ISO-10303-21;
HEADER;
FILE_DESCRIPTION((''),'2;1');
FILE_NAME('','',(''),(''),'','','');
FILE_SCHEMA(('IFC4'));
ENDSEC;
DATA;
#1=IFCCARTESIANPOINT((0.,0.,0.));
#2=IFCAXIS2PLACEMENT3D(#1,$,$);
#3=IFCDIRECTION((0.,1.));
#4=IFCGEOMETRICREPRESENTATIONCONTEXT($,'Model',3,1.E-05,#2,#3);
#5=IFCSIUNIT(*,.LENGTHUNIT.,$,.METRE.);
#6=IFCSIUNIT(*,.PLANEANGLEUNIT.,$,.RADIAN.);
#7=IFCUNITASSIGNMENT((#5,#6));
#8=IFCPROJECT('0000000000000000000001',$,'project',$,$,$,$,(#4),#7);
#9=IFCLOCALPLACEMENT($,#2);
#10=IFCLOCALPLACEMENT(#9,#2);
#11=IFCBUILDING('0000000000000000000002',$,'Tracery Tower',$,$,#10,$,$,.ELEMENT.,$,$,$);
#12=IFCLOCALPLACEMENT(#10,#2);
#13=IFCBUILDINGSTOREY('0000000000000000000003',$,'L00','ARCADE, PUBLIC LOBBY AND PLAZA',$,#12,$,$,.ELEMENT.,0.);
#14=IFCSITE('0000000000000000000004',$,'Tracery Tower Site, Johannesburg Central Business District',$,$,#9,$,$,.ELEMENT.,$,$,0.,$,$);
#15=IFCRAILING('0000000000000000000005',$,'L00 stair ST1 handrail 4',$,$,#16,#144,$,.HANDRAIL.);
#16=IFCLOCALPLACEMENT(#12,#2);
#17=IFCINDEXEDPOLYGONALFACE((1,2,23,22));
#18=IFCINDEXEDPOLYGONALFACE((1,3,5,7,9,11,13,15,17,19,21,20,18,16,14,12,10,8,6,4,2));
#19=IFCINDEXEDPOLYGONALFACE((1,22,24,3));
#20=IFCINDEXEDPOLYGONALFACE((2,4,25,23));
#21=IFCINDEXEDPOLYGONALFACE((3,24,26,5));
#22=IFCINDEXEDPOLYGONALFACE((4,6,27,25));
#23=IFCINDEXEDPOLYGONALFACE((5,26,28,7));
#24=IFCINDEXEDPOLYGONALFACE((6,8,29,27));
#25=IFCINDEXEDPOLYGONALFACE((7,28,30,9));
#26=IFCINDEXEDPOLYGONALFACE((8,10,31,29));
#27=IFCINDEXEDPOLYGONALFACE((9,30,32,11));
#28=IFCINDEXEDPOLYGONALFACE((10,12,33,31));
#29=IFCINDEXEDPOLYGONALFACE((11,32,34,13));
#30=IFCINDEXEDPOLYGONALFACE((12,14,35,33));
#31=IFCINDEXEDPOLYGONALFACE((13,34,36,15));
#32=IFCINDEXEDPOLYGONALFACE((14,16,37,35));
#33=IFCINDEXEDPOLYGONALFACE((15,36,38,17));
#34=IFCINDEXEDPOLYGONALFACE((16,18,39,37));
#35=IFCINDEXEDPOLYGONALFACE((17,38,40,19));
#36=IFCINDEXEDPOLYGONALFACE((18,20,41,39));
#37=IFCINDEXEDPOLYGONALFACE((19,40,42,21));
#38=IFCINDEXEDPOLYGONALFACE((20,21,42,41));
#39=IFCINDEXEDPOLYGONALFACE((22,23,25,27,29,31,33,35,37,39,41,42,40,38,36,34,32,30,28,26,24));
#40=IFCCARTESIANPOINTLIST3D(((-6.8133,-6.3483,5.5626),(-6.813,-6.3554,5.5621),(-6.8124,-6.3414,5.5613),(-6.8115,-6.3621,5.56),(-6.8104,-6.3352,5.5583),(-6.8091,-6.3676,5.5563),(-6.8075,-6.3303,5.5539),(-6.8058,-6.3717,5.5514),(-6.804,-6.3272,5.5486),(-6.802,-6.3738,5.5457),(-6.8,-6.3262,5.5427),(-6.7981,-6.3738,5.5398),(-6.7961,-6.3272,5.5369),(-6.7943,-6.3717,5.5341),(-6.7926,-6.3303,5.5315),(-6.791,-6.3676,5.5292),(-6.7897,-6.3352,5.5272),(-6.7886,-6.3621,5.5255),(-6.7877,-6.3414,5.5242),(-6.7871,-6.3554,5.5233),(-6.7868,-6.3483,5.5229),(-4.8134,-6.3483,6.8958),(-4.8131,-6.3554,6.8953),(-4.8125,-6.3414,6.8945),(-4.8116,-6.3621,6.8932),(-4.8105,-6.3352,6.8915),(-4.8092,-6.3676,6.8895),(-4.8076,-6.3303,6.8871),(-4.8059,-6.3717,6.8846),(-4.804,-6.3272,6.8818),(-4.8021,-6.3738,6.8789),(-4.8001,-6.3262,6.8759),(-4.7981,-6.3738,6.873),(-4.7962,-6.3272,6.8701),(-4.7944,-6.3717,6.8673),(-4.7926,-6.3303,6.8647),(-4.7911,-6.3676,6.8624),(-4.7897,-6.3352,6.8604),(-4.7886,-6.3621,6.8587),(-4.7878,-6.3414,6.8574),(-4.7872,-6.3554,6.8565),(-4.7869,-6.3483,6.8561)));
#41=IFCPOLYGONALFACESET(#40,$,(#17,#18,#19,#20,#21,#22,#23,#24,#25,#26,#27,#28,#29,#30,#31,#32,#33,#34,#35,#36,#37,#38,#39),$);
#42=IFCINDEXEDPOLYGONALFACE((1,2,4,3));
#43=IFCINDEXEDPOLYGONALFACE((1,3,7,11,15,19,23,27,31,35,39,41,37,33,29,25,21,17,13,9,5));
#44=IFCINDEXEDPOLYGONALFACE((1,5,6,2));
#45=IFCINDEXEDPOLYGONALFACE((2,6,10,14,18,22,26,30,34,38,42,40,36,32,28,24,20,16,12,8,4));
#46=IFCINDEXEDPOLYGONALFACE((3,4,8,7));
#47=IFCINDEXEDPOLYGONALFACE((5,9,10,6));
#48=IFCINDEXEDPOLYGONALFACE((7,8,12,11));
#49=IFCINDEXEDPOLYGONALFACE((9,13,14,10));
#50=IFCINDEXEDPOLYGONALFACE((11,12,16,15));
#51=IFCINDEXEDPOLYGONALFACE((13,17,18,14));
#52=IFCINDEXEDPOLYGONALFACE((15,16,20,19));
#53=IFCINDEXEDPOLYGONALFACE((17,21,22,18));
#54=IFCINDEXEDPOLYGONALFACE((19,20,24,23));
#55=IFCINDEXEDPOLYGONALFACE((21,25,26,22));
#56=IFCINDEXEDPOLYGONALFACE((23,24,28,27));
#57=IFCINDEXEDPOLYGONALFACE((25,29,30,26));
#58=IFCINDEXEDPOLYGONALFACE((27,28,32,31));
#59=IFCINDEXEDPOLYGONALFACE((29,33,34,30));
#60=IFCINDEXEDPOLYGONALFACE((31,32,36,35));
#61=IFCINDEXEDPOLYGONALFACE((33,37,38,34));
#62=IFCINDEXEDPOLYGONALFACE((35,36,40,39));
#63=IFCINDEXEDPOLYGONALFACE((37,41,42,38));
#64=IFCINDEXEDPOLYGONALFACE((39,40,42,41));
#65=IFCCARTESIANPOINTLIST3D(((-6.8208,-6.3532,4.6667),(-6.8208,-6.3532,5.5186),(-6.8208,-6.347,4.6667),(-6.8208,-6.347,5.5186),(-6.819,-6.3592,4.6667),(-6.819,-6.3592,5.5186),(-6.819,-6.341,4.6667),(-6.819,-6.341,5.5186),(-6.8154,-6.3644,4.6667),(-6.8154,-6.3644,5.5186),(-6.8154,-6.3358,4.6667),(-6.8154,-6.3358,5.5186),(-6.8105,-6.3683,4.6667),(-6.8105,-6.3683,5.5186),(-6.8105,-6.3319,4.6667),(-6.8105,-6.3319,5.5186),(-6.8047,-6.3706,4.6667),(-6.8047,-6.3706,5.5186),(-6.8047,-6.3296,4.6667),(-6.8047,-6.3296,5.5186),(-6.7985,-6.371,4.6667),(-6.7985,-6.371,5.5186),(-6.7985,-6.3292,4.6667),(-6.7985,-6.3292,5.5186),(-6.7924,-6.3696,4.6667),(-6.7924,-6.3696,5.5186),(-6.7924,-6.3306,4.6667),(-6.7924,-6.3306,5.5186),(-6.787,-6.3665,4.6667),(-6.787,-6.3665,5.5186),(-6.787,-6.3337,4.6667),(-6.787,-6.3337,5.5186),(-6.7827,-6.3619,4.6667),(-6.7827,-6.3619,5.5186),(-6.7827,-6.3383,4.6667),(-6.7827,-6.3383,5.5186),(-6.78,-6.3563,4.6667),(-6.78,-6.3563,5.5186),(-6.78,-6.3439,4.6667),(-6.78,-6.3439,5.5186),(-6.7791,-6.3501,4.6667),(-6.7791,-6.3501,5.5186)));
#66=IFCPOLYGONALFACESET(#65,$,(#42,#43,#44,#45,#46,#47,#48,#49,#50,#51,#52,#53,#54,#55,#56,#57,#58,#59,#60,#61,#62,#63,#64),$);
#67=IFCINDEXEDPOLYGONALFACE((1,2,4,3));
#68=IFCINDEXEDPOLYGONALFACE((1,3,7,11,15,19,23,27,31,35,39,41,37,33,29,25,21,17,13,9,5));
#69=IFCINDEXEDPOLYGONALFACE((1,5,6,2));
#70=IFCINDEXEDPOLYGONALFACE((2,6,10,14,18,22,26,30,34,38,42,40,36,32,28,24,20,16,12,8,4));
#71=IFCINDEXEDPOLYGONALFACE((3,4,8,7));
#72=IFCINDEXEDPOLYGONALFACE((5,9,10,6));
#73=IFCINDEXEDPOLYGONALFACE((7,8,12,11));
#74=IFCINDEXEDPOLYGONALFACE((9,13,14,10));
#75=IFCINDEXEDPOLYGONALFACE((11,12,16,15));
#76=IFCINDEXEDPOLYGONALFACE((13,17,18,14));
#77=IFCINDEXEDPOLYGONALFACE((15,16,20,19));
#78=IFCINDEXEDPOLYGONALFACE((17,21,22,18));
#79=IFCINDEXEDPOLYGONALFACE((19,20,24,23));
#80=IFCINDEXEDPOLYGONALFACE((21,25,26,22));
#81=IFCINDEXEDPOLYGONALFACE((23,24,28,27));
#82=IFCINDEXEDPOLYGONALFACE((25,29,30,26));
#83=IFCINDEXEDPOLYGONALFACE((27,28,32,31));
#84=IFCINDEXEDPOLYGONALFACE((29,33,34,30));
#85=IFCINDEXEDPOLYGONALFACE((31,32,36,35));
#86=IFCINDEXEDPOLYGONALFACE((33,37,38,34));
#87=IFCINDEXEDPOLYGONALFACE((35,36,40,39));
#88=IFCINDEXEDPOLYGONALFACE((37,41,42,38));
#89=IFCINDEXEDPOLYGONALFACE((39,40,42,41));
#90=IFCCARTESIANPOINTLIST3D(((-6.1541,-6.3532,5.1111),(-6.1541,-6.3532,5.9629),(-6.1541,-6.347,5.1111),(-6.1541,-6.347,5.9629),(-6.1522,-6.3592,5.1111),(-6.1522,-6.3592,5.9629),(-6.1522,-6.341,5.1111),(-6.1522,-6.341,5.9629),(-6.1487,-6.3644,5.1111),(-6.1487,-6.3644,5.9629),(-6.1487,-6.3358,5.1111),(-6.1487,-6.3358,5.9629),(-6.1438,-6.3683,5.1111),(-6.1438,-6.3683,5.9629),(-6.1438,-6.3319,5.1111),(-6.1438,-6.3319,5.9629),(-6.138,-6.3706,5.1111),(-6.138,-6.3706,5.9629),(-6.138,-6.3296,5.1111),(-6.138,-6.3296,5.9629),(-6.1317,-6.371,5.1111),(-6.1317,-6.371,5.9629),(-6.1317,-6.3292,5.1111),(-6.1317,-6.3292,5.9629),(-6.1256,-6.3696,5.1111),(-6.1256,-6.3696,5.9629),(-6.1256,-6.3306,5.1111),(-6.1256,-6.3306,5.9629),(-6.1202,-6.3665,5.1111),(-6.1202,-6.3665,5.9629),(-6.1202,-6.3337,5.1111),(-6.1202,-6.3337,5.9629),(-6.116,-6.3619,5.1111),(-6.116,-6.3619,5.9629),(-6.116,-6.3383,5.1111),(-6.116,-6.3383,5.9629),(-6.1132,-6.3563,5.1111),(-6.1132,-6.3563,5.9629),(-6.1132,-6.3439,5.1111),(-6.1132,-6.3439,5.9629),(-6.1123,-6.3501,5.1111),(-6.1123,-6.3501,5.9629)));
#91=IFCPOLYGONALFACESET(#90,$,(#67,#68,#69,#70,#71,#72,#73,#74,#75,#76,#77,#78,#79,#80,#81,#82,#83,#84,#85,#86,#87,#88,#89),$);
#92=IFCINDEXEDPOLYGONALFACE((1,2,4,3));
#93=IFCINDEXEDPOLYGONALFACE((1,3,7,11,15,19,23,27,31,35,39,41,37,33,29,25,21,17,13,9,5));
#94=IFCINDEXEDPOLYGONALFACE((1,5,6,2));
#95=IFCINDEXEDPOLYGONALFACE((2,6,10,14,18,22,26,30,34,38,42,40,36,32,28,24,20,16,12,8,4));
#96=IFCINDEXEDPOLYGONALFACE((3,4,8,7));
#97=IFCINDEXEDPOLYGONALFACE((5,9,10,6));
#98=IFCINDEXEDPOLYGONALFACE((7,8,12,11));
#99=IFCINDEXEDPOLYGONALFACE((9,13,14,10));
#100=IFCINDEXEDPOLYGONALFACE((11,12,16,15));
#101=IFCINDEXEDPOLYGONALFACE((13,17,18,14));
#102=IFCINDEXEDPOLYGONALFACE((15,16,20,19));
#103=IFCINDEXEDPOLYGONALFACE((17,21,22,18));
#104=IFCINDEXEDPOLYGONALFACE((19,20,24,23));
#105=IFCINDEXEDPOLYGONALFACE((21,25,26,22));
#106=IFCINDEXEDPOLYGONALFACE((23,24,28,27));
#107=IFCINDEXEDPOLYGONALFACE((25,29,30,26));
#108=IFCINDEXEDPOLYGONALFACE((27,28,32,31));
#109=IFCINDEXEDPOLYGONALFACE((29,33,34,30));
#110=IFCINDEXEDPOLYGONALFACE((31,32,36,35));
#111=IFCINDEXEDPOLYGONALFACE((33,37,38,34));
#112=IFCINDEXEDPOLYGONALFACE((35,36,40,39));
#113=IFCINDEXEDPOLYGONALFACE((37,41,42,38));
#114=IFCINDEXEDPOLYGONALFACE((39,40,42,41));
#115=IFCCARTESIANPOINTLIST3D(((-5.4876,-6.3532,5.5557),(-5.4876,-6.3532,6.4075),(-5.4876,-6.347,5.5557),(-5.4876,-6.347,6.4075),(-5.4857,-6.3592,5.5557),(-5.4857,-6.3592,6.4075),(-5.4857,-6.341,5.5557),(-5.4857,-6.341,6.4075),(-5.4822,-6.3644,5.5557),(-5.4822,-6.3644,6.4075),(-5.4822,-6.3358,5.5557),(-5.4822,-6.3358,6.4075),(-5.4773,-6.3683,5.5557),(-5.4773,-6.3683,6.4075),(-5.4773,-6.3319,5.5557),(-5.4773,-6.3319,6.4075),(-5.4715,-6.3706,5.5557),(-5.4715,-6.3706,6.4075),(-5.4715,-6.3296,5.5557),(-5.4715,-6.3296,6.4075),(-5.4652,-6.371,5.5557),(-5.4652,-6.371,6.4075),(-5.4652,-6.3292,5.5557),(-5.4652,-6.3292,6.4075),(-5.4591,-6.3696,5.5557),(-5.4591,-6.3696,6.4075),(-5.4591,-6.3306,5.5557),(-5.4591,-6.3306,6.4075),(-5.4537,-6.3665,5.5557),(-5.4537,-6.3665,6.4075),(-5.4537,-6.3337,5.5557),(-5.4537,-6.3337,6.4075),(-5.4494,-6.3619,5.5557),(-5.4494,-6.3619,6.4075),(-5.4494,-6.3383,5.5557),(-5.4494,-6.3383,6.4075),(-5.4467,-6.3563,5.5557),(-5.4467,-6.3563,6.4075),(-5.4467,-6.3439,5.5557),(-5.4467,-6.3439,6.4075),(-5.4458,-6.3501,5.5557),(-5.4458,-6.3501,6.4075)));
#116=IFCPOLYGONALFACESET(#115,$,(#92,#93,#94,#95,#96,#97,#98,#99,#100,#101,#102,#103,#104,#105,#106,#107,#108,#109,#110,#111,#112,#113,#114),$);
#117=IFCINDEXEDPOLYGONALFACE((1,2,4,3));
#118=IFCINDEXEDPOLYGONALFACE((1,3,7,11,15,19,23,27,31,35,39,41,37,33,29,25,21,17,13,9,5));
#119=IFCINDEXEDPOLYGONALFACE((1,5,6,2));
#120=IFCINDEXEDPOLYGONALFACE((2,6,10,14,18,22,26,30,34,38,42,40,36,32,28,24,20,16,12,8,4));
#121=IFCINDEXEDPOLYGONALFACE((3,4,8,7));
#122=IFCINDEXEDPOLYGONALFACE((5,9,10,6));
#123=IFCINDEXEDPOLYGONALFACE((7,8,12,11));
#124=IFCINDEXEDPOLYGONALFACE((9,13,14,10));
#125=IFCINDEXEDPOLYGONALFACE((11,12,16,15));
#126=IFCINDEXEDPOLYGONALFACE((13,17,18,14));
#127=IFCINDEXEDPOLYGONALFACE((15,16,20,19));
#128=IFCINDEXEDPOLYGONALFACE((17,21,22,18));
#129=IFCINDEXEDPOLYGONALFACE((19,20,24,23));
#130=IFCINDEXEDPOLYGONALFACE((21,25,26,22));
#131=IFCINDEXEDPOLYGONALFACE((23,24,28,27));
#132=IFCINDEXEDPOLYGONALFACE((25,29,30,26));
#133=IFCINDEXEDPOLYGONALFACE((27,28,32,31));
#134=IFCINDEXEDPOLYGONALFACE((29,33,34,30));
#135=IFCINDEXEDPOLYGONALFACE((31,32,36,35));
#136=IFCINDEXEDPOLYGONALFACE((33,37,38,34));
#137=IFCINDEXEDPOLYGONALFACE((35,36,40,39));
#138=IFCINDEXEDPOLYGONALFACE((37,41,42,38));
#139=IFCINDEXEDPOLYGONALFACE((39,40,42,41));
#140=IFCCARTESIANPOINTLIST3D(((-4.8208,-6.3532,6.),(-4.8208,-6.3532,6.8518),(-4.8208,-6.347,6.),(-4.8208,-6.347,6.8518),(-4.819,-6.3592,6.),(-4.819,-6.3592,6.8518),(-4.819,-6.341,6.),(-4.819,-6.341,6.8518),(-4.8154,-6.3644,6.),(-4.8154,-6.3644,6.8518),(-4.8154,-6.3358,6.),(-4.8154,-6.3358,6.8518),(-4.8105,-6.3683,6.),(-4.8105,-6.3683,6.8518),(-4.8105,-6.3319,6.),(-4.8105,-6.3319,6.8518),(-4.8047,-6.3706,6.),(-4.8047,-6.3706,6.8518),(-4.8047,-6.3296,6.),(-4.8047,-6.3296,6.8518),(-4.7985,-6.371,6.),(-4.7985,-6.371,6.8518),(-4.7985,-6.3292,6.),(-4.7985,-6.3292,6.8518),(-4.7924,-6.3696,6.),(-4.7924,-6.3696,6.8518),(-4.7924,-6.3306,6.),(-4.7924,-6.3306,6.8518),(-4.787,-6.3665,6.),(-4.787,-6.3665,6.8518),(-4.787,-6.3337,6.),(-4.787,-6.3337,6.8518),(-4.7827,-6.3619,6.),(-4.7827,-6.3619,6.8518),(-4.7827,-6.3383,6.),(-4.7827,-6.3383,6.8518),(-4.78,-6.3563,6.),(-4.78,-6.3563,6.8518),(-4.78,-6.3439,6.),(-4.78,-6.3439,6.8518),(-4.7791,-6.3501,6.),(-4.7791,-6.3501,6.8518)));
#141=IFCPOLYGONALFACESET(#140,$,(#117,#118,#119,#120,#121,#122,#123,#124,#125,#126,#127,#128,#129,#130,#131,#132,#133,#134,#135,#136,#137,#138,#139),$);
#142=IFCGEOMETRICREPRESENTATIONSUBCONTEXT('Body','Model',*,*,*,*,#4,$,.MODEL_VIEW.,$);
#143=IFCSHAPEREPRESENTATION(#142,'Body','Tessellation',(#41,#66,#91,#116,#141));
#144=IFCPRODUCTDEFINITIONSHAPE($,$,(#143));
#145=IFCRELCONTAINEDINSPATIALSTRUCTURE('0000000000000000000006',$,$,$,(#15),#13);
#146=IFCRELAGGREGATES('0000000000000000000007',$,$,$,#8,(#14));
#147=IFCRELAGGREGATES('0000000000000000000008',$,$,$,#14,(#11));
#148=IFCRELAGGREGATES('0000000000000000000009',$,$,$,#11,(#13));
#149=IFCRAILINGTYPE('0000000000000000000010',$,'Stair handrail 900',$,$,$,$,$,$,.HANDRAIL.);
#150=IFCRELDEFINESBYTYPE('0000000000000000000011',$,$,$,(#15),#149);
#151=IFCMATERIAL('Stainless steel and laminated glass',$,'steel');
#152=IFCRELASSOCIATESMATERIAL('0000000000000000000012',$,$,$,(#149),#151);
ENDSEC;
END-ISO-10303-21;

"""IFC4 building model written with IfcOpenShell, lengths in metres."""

from ifc_helpers import new_model, si_unit, direction, frame, origin, origin_2d, place, context, subcontext, project, spatial, circle, extrude, material, type_object, element, save


model = new_model("IFC4")

# Units and contexts
model_context = context("Model", 3, precision=1e-05, world=origin(), true_north=direction((0.0, 1.0)))
body_context = subcontext(model_context, "Body", "Model", "MODEL_VIEW")
ifc_project = project(units=[si_unit("LENGTHUNIT", "METRE"), si_unit("PLANEANGLEUNIT", "RADIAN")], contexts=[model_context])

# Site, building, storey
site_placement = place(None, origin())
site = spatial("IfcSite", under=ifc_project, at=site_placement, Name="Tracery Tower Site, Johannesburg Central Business District", CompositionType="ELEMENT", RefElevation=0.0)
building_placement = place(site_placement, origin())
building = spatial("IfcBuilding", under=site, at=building_placement, Name="Tracery Tower", CompositionType="ELEMENT")
storey_placement = place(building_placement, origin())
storey = spatial("IfcBuildingStorey", under=building, at=storey_placement, Name="L00", Description="ARCADE, PUBLIC LOBBY AND PLAZA", CompositionType="ELEMENT", Elevation=0.0)

# Railing
ifc_material_1 = material(Name="Stainless steel and laminated glass", Category="steel")
railing_type_1 = type_object("IfcRailingType", Name="Stair handrail 900", PredefinedType="HANDRAIL", material=ifc_material_1)
railing_1_placement = place(storey_placement, frame((-6.8, -6.3501, 4.6667)))
element("IfcRailing", 1, at=railing_1_placement, inside=storey, type_object=railing_type_1, Name="L00 stair ST1 handrail 4", PredefinedType="HANDRAIL", context=body_context, shape_type="SweptSolid", body=[
    extrude(circle(Radius=0.0239, at=origin_2d()), frame((0.0, 0.0, 0.876), z_axis=(0.832066, 0.0, 0.554677), x_axis=(0.0, 1.0, 0.0)), (0.0, 0.0, 1.0), 2.4036),
    extrude(circle(Radius=0.021, at=origin_2d()), origin(), (0.0, 0.0, 1.0), 0.8518),
    extrude(circle(Radius=0.021, at=origin_2d()), frame((0.6667, 0.0, 0.4443)), (0.0, 0.0, 1.0), 0.8518),
    extrude(circle(Radius=0.021, at=origin_2d()), frame((1.3333, 0.0, 0.8889)), (0.0, 0.0, 1.0), 0.8518),
    extrude(circle(Radius=0.021, at=origin_2d()), frame((2.0, 0.0, 1.3333)), (0.0, 0.0, 1.0), 0.8518),
])

save(model, "model.ifc")
